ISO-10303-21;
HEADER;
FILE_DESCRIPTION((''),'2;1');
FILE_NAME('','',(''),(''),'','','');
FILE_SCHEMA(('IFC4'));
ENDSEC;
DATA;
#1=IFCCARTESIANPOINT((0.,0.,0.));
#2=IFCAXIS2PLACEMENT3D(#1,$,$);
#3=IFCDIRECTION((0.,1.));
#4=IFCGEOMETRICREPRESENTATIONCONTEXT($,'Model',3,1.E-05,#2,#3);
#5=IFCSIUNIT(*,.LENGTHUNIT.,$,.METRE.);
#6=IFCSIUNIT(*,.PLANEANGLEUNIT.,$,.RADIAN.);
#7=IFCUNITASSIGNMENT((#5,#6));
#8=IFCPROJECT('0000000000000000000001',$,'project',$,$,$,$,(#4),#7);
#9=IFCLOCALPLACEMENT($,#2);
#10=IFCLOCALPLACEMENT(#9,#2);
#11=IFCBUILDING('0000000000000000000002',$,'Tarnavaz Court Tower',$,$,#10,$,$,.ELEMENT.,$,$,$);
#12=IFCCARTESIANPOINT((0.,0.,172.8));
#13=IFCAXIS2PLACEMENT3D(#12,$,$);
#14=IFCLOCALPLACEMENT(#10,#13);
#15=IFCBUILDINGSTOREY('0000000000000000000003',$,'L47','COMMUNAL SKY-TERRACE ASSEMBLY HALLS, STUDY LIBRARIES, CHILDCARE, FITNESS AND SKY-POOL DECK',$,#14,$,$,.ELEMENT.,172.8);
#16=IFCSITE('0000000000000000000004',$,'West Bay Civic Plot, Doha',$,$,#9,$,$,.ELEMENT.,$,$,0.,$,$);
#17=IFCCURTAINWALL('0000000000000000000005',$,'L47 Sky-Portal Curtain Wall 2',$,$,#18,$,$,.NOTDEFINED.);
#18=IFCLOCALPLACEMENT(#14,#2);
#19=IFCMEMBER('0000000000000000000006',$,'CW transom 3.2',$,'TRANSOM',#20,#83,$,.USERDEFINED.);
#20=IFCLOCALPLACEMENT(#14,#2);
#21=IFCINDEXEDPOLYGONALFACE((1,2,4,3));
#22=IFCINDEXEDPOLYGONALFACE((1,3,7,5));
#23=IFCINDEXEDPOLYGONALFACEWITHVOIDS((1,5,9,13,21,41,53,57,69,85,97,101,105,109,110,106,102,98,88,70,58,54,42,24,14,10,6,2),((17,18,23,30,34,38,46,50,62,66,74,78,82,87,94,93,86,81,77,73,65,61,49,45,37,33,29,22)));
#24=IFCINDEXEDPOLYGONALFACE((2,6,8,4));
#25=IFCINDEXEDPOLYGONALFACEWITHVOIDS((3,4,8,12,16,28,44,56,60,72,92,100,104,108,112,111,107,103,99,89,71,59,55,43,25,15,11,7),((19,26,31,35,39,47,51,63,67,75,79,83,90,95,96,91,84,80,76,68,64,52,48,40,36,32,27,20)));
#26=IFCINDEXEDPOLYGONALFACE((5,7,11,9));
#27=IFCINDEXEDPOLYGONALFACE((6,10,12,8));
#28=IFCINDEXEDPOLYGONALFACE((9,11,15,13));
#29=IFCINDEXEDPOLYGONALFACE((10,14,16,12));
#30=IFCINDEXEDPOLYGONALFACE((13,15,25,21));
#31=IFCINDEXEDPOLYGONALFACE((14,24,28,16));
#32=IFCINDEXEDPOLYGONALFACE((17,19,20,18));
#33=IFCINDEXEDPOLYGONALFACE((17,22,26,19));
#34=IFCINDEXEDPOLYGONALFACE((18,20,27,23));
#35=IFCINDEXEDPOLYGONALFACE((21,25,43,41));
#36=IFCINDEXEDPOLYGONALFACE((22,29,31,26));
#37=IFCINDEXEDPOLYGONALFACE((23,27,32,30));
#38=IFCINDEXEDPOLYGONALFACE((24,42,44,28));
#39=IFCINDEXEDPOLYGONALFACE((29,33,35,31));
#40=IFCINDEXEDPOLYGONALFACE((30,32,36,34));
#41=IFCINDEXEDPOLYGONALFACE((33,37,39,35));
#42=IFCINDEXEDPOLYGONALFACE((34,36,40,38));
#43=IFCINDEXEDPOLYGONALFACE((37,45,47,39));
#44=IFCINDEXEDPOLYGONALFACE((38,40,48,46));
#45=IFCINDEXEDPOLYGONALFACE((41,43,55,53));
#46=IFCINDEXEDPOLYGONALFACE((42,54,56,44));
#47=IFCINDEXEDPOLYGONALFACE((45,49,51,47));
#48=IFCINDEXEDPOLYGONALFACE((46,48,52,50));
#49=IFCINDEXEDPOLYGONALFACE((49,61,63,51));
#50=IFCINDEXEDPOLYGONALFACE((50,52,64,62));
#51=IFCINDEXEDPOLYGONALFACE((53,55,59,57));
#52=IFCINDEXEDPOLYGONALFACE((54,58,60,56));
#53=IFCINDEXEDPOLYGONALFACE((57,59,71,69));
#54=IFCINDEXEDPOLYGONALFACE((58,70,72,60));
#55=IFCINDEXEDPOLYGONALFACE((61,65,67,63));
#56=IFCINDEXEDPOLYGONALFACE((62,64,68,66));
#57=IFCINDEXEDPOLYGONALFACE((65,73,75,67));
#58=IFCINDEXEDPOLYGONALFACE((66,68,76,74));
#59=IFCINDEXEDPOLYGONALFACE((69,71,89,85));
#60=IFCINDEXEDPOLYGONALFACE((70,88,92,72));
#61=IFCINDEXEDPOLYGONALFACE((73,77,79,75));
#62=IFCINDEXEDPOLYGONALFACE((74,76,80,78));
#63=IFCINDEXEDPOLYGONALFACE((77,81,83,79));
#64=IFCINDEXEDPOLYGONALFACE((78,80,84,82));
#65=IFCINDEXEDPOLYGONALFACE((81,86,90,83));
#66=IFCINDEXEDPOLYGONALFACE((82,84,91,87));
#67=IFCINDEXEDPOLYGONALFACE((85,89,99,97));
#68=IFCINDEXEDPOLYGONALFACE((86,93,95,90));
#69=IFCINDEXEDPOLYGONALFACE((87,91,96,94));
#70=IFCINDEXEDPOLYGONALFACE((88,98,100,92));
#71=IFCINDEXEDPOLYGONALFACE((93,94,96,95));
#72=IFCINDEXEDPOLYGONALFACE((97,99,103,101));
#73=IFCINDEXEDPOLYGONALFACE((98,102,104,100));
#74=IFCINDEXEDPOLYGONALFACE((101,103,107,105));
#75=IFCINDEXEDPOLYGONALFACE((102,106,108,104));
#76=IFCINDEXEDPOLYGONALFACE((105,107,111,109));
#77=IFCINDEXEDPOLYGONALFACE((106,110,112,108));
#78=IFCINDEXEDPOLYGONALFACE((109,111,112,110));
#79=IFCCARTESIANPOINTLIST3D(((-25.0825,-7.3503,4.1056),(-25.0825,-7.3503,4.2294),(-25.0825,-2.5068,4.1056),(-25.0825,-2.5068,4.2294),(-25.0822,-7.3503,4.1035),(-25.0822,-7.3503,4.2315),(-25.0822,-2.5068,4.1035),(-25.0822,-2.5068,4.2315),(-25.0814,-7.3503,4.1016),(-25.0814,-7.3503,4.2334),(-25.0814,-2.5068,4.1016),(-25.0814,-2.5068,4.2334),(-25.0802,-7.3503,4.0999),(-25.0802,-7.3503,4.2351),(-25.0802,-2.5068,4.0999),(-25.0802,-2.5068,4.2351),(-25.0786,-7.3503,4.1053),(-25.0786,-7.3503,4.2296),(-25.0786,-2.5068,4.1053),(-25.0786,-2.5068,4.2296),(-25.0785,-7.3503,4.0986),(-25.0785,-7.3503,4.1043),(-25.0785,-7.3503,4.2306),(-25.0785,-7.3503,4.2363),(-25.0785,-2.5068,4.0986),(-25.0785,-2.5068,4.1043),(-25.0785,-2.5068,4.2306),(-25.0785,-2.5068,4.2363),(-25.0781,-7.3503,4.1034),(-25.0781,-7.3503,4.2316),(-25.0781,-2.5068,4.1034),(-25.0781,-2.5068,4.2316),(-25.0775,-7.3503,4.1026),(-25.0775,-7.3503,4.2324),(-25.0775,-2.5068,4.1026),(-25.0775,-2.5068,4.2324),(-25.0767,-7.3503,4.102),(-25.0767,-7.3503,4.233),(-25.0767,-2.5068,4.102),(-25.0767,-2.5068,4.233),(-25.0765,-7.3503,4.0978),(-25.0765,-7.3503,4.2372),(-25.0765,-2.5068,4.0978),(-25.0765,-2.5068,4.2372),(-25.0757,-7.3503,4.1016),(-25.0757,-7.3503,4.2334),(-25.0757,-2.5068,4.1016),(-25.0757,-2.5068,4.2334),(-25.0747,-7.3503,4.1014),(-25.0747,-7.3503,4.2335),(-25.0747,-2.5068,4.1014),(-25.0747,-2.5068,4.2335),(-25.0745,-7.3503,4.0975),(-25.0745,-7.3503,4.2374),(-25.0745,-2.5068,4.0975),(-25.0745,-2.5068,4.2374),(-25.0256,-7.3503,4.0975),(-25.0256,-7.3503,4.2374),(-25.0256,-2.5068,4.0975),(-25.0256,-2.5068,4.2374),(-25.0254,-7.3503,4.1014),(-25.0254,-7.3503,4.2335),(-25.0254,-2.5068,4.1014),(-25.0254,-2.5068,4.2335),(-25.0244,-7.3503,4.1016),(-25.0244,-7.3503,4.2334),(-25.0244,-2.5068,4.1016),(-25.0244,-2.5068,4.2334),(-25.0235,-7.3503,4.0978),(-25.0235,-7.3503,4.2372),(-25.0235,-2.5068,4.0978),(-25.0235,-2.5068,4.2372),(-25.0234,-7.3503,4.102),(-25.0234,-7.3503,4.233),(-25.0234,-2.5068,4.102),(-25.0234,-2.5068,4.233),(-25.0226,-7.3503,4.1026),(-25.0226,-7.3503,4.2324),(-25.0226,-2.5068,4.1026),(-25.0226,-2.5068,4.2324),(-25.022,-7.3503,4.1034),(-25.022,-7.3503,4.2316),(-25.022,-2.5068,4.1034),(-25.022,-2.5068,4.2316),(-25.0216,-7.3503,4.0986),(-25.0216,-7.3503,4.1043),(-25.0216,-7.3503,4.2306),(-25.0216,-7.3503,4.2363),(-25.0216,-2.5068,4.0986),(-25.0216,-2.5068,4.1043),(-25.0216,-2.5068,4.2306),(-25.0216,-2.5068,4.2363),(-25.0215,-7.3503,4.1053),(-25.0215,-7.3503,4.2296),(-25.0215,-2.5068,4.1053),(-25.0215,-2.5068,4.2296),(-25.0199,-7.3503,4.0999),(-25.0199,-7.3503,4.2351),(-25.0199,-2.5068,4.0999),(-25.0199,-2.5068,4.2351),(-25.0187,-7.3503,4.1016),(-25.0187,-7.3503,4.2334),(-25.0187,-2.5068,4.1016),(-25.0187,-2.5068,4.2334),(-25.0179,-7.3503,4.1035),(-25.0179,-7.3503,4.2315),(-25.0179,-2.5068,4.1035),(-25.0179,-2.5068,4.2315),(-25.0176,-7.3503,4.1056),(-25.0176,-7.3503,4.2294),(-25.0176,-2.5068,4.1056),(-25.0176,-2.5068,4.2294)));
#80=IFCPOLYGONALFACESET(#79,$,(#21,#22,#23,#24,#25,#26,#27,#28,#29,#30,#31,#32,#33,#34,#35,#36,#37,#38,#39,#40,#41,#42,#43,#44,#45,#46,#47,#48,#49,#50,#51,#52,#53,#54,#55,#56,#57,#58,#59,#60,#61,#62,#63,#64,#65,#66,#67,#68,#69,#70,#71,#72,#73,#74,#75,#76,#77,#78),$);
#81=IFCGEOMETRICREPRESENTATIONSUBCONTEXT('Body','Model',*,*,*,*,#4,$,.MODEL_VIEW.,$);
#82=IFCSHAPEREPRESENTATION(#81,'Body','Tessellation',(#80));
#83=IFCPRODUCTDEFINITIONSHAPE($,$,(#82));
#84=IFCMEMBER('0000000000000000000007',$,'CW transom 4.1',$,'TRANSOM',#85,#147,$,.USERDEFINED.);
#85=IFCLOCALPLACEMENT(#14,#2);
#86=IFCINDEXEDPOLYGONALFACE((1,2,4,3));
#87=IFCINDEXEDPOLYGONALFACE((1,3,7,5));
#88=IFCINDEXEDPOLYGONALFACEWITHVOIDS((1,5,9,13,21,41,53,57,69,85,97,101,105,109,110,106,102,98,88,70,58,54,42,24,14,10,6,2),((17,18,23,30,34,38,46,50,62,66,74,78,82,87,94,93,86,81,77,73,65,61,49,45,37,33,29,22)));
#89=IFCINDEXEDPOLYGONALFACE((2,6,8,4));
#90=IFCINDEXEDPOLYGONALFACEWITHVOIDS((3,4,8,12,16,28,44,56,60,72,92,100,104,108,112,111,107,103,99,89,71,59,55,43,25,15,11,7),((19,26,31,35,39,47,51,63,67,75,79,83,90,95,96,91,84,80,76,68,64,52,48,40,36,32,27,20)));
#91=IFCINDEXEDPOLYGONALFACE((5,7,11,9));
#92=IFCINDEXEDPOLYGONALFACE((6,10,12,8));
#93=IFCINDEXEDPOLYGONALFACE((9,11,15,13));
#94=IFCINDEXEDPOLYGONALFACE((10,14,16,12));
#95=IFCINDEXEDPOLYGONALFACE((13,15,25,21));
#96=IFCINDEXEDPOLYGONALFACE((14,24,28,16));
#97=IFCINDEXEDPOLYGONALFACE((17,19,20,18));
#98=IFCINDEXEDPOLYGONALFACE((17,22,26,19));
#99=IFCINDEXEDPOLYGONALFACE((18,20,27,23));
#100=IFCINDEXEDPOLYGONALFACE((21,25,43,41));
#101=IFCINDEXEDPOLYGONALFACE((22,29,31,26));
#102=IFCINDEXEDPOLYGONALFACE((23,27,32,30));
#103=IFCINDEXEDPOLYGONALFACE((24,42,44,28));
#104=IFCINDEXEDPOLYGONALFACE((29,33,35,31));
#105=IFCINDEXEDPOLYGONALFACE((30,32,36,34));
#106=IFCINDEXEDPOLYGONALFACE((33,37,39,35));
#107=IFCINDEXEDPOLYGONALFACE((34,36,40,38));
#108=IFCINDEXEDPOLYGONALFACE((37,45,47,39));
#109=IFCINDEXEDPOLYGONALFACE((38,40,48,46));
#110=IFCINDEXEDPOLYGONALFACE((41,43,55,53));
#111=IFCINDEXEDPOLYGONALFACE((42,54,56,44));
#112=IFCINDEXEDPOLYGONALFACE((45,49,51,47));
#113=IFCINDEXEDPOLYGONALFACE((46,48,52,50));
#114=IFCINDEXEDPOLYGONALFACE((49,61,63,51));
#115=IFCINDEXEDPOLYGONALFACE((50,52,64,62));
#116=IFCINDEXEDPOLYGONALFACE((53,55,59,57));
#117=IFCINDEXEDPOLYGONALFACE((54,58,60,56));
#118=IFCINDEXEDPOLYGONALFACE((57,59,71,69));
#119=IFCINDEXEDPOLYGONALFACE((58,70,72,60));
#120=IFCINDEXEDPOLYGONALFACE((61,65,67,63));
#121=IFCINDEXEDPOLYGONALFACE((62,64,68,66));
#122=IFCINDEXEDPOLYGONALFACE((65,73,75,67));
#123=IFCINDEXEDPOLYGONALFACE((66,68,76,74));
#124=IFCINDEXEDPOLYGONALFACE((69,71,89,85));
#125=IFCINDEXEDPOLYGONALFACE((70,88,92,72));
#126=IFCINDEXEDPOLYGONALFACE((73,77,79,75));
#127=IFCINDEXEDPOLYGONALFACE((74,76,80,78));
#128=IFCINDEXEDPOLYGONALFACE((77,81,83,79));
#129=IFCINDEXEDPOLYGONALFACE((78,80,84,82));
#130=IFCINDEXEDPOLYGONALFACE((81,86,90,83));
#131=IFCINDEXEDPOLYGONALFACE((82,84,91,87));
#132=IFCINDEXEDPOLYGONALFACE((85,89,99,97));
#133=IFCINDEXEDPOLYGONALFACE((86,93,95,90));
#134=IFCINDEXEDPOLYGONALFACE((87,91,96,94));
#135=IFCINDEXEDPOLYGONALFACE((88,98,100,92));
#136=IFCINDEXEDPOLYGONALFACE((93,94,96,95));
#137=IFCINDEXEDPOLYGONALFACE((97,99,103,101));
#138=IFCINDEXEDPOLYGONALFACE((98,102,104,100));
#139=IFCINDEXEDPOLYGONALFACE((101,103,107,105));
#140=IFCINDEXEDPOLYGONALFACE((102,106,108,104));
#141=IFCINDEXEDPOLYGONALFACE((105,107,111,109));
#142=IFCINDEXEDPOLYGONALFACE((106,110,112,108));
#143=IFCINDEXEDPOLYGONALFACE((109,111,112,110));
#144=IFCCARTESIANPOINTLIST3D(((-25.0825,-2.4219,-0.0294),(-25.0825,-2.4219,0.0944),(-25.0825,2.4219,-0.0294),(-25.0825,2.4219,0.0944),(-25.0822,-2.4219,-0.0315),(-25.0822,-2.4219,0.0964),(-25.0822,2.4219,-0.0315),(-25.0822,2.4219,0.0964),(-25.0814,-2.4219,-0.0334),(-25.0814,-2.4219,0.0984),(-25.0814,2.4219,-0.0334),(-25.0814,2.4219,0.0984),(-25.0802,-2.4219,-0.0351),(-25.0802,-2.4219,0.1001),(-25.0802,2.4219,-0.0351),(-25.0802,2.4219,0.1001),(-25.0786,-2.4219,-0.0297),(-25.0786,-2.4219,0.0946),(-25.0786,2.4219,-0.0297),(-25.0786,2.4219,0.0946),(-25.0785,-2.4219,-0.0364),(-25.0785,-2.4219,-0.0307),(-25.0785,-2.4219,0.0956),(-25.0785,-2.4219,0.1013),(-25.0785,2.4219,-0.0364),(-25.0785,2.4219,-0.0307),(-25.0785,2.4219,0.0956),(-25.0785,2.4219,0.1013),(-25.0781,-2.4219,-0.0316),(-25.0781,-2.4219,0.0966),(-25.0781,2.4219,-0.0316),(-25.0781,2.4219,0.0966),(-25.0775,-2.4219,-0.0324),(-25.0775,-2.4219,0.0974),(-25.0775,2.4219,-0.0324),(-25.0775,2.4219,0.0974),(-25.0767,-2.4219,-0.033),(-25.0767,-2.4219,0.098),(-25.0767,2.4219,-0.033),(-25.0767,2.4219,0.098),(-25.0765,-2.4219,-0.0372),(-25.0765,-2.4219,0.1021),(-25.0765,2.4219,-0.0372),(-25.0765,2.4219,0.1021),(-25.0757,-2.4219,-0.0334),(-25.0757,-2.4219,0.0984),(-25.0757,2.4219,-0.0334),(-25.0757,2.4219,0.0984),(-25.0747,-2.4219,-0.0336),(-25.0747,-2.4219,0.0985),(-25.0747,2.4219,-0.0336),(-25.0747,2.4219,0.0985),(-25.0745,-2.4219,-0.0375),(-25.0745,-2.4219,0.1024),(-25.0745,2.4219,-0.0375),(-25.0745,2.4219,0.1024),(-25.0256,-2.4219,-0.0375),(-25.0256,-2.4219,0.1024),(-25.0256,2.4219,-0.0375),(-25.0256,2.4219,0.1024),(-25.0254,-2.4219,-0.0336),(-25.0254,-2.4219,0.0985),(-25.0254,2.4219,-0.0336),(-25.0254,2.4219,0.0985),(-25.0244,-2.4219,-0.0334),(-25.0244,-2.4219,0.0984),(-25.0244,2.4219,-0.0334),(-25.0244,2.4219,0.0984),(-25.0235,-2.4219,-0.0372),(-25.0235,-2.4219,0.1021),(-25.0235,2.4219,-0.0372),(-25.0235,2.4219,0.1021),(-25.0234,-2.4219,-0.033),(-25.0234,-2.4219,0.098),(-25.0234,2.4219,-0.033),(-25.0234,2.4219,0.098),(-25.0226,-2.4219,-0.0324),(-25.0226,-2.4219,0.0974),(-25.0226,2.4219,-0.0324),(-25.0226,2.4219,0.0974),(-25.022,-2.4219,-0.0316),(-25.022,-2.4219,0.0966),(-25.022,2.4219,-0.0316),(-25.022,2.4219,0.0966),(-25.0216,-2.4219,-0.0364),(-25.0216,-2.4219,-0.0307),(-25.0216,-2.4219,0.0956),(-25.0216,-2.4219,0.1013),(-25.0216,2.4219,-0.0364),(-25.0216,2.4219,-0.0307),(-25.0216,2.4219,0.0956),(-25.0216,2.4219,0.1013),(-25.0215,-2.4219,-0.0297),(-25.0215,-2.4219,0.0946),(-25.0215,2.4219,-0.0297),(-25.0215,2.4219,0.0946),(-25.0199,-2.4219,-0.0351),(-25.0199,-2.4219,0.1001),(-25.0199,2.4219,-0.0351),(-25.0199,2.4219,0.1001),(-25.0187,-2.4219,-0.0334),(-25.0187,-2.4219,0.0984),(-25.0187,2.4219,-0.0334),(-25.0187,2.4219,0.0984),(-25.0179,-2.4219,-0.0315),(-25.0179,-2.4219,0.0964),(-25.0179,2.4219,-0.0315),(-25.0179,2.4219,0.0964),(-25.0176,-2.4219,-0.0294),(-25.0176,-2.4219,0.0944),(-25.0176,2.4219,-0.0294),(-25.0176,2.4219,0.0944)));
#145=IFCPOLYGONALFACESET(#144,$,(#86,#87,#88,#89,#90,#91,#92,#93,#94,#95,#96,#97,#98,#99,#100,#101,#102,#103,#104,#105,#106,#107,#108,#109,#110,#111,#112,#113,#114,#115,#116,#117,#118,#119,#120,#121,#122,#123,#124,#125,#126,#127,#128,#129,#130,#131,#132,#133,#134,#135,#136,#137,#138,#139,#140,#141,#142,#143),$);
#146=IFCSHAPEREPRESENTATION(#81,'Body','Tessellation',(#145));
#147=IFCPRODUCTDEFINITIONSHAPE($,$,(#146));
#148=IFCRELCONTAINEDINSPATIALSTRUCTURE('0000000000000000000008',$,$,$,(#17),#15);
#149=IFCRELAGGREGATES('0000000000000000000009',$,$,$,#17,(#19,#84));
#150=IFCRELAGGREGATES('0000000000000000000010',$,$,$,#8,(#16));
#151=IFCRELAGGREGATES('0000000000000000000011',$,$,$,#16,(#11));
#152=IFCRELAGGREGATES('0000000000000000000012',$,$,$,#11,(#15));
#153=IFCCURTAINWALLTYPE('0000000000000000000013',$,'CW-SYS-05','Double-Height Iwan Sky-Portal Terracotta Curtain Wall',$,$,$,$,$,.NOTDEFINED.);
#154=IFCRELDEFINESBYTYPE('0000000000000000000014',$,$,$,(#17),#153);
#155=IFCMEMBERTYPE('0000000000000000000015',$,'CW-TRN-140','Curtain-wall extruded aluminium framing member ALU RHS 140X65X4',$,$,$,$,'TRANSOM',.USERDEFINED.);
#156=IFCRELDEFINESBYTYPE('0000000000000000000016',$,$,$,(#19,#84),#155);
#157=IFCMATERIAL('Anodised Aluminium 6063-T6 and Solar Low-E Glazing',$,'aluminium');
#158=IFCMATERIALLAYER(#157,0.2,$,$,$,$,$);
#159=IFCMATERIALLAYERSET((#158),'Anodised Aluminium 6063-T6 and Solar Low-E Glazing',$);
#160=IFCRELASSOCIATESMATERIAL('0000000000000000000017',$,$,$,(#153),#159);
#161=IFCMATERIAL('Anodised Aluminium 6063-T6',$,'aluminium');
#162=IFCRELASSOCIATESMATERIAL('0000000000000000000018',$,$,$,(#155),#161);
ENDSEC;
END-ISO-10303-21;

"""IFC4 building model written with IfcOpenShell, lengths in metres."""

from ifc_helpers import new_model, si_unit, direction, frame, origin, origin_2d, place, context, subcontext, project, spatial, hollow_rectangle, extrude, material, layer, layer_set, material_profile, profile_set, type_object, element, aggregate, save


model = new_model("IFC4")

# Units and contexts
model_context = context("Model", 3, precision=1e-05, world=origin(), true_north=direction((0.0, 1.0)))
body_context = subcontext(model_context, "Body", "Model", "MODEL_VIEW")
ifc_project = project(units=[si_unit("LENGTHUNIT", "METRE"), si_unit("PLANEANGLEUNIT", "RADIAN")], contexts=[model_context])

# Site, building, storey
site_placement = place(None, origin())
site = spatial("IfcSite", under=ifc_project, at=site_placement, Name="West Bay Civic Plot, Doha", CompositionType="ELEMENT", RefElevation=0.0)
building_placement = place(site_placement, origin())
building = spatial("IfcBuilding", under=site, at=building_placement, Name="Tarnavaz Court Tower", CompositionType="ELEMENT")
storey_placement = place(building_placement, frame((0.0, 0.0, 172.8)))
storey = spatial("IfcBuildingStorey", under=building, at=storey_placement, Name="L47", Description="COMMUNAL SKY-TERRACE ASSEMBLY HALLS, STUDY LIBRARIES, CHILDCARE, FITNESS AND SKY-POOL DECK", CompositionType="ELEMENT", Elevation=172.8)

# Curtain wall, members
ifc_material_1 = material(Name="Anodised Aluminium 6063-T6 and Solar Low-E Glazing", Category="aluminium")
ifc_layer_1 = layer(ifc_material_1, 0.2)
ifc_layer_set_1 = layer_set([ifc_layer_1], Name="Anodised Aluminium 6063-T6 and Solar Low-E Glazing")
curtain_wall_type = type_object("IfcCurtainWallType", Name="CW-SYS-05", Description="Double-Height Iwan Sky-Portal Terracotta Curtain Wall", PredefinedType="NOTDEFINED", material=ifc_layer_set_1)
curtain_wall_placement = place(storey_placement, origin())
curtain_wall = element("IfcCurtainWall", 1, at=curtain_wall_placement, inside=storey, type_object=curtain_wall_type, Name="L47 Sky-Portal Curtain Wall 2", PredefinedType="NOTDEFINED")
ifc_material_2 = material(Name="Anodised Aluminium 6063-T6", Category="aluminium")
ifc_material_profile_1 = material_profile(ifc_material_2, hollow_rectangle(XDim=0.0649, YDim=0.1399, WallThickness=0.0039, InnerFilletRadius=0.0039, OuterFilletRadius=0.0081, at=origin_2d()), Name="ALU RHS 140X65X4")
ifc_profile_set_1 = profile_set([ifc_material_profile_1], Name="Anodised Aluminium 6063-T6")
member_type_1 = type_object("IfcMemberType", Name="CW-TRN-140", Description="Curtain-wall extruded aluminium framing member ALU RHS 140X65X4", ElementType="TRANSOM", PredefinedType="USERDEFINED", material=ifc_profile_set_1)
member_1_placement = place(storey_placement, frame((-25.05, -7.3503, 4.1675), z_axis=(0.0, 1.0, 0.0), x_axis=(-1.0, 0.0, 0.0)))
member_1 = element("IfcMember", 2, at=member_1_placement, type_object=member_type_1, Name="CW transom 3.2", ObjectType="TRANSOM", PredefinedType="USERDEFINED", context=body_context, shape_type="SweptSolid", body=[
    extrude(hollow_rectangle(XDim=0.0649, YDim=0.1399, WallThickness=0.0039, InnerFilletRadius=0.0039, OuterFilletRadius=0.0081, at=origin_2d()), origin(), (0.0, 0.0, 1.0), 4.8435),
])
member_2_placement = place(storey_placement, frame((-25.05, -2.4219, 0.0325), z_axis=(0.0, 1.0, 0.0), x_axis=(-1.0, 0.0, 0.0)))
member_2 = element("IfcMember", 3, at=member_2_placement, type_object=member_type_1, Name="CW transom 4.1", ObjectType="TRANSOM", PredefinedType="USERDEFINED", context=body_context, shape_type="SweptSolid", body=[
    extrude(hollow_rectangle(XDim=0.0649, YDim=0.1399, WallThickness=0.0039, InnerFilletRadius=0.0039, OuterFilletRadius=0.0081, at=origin_2d()), origin(), (0.0, 0.0, 1.0), 4.8438),
])
aggregate(curtain_wall, [member_1, member_2])

save(model, "model.ifc")
